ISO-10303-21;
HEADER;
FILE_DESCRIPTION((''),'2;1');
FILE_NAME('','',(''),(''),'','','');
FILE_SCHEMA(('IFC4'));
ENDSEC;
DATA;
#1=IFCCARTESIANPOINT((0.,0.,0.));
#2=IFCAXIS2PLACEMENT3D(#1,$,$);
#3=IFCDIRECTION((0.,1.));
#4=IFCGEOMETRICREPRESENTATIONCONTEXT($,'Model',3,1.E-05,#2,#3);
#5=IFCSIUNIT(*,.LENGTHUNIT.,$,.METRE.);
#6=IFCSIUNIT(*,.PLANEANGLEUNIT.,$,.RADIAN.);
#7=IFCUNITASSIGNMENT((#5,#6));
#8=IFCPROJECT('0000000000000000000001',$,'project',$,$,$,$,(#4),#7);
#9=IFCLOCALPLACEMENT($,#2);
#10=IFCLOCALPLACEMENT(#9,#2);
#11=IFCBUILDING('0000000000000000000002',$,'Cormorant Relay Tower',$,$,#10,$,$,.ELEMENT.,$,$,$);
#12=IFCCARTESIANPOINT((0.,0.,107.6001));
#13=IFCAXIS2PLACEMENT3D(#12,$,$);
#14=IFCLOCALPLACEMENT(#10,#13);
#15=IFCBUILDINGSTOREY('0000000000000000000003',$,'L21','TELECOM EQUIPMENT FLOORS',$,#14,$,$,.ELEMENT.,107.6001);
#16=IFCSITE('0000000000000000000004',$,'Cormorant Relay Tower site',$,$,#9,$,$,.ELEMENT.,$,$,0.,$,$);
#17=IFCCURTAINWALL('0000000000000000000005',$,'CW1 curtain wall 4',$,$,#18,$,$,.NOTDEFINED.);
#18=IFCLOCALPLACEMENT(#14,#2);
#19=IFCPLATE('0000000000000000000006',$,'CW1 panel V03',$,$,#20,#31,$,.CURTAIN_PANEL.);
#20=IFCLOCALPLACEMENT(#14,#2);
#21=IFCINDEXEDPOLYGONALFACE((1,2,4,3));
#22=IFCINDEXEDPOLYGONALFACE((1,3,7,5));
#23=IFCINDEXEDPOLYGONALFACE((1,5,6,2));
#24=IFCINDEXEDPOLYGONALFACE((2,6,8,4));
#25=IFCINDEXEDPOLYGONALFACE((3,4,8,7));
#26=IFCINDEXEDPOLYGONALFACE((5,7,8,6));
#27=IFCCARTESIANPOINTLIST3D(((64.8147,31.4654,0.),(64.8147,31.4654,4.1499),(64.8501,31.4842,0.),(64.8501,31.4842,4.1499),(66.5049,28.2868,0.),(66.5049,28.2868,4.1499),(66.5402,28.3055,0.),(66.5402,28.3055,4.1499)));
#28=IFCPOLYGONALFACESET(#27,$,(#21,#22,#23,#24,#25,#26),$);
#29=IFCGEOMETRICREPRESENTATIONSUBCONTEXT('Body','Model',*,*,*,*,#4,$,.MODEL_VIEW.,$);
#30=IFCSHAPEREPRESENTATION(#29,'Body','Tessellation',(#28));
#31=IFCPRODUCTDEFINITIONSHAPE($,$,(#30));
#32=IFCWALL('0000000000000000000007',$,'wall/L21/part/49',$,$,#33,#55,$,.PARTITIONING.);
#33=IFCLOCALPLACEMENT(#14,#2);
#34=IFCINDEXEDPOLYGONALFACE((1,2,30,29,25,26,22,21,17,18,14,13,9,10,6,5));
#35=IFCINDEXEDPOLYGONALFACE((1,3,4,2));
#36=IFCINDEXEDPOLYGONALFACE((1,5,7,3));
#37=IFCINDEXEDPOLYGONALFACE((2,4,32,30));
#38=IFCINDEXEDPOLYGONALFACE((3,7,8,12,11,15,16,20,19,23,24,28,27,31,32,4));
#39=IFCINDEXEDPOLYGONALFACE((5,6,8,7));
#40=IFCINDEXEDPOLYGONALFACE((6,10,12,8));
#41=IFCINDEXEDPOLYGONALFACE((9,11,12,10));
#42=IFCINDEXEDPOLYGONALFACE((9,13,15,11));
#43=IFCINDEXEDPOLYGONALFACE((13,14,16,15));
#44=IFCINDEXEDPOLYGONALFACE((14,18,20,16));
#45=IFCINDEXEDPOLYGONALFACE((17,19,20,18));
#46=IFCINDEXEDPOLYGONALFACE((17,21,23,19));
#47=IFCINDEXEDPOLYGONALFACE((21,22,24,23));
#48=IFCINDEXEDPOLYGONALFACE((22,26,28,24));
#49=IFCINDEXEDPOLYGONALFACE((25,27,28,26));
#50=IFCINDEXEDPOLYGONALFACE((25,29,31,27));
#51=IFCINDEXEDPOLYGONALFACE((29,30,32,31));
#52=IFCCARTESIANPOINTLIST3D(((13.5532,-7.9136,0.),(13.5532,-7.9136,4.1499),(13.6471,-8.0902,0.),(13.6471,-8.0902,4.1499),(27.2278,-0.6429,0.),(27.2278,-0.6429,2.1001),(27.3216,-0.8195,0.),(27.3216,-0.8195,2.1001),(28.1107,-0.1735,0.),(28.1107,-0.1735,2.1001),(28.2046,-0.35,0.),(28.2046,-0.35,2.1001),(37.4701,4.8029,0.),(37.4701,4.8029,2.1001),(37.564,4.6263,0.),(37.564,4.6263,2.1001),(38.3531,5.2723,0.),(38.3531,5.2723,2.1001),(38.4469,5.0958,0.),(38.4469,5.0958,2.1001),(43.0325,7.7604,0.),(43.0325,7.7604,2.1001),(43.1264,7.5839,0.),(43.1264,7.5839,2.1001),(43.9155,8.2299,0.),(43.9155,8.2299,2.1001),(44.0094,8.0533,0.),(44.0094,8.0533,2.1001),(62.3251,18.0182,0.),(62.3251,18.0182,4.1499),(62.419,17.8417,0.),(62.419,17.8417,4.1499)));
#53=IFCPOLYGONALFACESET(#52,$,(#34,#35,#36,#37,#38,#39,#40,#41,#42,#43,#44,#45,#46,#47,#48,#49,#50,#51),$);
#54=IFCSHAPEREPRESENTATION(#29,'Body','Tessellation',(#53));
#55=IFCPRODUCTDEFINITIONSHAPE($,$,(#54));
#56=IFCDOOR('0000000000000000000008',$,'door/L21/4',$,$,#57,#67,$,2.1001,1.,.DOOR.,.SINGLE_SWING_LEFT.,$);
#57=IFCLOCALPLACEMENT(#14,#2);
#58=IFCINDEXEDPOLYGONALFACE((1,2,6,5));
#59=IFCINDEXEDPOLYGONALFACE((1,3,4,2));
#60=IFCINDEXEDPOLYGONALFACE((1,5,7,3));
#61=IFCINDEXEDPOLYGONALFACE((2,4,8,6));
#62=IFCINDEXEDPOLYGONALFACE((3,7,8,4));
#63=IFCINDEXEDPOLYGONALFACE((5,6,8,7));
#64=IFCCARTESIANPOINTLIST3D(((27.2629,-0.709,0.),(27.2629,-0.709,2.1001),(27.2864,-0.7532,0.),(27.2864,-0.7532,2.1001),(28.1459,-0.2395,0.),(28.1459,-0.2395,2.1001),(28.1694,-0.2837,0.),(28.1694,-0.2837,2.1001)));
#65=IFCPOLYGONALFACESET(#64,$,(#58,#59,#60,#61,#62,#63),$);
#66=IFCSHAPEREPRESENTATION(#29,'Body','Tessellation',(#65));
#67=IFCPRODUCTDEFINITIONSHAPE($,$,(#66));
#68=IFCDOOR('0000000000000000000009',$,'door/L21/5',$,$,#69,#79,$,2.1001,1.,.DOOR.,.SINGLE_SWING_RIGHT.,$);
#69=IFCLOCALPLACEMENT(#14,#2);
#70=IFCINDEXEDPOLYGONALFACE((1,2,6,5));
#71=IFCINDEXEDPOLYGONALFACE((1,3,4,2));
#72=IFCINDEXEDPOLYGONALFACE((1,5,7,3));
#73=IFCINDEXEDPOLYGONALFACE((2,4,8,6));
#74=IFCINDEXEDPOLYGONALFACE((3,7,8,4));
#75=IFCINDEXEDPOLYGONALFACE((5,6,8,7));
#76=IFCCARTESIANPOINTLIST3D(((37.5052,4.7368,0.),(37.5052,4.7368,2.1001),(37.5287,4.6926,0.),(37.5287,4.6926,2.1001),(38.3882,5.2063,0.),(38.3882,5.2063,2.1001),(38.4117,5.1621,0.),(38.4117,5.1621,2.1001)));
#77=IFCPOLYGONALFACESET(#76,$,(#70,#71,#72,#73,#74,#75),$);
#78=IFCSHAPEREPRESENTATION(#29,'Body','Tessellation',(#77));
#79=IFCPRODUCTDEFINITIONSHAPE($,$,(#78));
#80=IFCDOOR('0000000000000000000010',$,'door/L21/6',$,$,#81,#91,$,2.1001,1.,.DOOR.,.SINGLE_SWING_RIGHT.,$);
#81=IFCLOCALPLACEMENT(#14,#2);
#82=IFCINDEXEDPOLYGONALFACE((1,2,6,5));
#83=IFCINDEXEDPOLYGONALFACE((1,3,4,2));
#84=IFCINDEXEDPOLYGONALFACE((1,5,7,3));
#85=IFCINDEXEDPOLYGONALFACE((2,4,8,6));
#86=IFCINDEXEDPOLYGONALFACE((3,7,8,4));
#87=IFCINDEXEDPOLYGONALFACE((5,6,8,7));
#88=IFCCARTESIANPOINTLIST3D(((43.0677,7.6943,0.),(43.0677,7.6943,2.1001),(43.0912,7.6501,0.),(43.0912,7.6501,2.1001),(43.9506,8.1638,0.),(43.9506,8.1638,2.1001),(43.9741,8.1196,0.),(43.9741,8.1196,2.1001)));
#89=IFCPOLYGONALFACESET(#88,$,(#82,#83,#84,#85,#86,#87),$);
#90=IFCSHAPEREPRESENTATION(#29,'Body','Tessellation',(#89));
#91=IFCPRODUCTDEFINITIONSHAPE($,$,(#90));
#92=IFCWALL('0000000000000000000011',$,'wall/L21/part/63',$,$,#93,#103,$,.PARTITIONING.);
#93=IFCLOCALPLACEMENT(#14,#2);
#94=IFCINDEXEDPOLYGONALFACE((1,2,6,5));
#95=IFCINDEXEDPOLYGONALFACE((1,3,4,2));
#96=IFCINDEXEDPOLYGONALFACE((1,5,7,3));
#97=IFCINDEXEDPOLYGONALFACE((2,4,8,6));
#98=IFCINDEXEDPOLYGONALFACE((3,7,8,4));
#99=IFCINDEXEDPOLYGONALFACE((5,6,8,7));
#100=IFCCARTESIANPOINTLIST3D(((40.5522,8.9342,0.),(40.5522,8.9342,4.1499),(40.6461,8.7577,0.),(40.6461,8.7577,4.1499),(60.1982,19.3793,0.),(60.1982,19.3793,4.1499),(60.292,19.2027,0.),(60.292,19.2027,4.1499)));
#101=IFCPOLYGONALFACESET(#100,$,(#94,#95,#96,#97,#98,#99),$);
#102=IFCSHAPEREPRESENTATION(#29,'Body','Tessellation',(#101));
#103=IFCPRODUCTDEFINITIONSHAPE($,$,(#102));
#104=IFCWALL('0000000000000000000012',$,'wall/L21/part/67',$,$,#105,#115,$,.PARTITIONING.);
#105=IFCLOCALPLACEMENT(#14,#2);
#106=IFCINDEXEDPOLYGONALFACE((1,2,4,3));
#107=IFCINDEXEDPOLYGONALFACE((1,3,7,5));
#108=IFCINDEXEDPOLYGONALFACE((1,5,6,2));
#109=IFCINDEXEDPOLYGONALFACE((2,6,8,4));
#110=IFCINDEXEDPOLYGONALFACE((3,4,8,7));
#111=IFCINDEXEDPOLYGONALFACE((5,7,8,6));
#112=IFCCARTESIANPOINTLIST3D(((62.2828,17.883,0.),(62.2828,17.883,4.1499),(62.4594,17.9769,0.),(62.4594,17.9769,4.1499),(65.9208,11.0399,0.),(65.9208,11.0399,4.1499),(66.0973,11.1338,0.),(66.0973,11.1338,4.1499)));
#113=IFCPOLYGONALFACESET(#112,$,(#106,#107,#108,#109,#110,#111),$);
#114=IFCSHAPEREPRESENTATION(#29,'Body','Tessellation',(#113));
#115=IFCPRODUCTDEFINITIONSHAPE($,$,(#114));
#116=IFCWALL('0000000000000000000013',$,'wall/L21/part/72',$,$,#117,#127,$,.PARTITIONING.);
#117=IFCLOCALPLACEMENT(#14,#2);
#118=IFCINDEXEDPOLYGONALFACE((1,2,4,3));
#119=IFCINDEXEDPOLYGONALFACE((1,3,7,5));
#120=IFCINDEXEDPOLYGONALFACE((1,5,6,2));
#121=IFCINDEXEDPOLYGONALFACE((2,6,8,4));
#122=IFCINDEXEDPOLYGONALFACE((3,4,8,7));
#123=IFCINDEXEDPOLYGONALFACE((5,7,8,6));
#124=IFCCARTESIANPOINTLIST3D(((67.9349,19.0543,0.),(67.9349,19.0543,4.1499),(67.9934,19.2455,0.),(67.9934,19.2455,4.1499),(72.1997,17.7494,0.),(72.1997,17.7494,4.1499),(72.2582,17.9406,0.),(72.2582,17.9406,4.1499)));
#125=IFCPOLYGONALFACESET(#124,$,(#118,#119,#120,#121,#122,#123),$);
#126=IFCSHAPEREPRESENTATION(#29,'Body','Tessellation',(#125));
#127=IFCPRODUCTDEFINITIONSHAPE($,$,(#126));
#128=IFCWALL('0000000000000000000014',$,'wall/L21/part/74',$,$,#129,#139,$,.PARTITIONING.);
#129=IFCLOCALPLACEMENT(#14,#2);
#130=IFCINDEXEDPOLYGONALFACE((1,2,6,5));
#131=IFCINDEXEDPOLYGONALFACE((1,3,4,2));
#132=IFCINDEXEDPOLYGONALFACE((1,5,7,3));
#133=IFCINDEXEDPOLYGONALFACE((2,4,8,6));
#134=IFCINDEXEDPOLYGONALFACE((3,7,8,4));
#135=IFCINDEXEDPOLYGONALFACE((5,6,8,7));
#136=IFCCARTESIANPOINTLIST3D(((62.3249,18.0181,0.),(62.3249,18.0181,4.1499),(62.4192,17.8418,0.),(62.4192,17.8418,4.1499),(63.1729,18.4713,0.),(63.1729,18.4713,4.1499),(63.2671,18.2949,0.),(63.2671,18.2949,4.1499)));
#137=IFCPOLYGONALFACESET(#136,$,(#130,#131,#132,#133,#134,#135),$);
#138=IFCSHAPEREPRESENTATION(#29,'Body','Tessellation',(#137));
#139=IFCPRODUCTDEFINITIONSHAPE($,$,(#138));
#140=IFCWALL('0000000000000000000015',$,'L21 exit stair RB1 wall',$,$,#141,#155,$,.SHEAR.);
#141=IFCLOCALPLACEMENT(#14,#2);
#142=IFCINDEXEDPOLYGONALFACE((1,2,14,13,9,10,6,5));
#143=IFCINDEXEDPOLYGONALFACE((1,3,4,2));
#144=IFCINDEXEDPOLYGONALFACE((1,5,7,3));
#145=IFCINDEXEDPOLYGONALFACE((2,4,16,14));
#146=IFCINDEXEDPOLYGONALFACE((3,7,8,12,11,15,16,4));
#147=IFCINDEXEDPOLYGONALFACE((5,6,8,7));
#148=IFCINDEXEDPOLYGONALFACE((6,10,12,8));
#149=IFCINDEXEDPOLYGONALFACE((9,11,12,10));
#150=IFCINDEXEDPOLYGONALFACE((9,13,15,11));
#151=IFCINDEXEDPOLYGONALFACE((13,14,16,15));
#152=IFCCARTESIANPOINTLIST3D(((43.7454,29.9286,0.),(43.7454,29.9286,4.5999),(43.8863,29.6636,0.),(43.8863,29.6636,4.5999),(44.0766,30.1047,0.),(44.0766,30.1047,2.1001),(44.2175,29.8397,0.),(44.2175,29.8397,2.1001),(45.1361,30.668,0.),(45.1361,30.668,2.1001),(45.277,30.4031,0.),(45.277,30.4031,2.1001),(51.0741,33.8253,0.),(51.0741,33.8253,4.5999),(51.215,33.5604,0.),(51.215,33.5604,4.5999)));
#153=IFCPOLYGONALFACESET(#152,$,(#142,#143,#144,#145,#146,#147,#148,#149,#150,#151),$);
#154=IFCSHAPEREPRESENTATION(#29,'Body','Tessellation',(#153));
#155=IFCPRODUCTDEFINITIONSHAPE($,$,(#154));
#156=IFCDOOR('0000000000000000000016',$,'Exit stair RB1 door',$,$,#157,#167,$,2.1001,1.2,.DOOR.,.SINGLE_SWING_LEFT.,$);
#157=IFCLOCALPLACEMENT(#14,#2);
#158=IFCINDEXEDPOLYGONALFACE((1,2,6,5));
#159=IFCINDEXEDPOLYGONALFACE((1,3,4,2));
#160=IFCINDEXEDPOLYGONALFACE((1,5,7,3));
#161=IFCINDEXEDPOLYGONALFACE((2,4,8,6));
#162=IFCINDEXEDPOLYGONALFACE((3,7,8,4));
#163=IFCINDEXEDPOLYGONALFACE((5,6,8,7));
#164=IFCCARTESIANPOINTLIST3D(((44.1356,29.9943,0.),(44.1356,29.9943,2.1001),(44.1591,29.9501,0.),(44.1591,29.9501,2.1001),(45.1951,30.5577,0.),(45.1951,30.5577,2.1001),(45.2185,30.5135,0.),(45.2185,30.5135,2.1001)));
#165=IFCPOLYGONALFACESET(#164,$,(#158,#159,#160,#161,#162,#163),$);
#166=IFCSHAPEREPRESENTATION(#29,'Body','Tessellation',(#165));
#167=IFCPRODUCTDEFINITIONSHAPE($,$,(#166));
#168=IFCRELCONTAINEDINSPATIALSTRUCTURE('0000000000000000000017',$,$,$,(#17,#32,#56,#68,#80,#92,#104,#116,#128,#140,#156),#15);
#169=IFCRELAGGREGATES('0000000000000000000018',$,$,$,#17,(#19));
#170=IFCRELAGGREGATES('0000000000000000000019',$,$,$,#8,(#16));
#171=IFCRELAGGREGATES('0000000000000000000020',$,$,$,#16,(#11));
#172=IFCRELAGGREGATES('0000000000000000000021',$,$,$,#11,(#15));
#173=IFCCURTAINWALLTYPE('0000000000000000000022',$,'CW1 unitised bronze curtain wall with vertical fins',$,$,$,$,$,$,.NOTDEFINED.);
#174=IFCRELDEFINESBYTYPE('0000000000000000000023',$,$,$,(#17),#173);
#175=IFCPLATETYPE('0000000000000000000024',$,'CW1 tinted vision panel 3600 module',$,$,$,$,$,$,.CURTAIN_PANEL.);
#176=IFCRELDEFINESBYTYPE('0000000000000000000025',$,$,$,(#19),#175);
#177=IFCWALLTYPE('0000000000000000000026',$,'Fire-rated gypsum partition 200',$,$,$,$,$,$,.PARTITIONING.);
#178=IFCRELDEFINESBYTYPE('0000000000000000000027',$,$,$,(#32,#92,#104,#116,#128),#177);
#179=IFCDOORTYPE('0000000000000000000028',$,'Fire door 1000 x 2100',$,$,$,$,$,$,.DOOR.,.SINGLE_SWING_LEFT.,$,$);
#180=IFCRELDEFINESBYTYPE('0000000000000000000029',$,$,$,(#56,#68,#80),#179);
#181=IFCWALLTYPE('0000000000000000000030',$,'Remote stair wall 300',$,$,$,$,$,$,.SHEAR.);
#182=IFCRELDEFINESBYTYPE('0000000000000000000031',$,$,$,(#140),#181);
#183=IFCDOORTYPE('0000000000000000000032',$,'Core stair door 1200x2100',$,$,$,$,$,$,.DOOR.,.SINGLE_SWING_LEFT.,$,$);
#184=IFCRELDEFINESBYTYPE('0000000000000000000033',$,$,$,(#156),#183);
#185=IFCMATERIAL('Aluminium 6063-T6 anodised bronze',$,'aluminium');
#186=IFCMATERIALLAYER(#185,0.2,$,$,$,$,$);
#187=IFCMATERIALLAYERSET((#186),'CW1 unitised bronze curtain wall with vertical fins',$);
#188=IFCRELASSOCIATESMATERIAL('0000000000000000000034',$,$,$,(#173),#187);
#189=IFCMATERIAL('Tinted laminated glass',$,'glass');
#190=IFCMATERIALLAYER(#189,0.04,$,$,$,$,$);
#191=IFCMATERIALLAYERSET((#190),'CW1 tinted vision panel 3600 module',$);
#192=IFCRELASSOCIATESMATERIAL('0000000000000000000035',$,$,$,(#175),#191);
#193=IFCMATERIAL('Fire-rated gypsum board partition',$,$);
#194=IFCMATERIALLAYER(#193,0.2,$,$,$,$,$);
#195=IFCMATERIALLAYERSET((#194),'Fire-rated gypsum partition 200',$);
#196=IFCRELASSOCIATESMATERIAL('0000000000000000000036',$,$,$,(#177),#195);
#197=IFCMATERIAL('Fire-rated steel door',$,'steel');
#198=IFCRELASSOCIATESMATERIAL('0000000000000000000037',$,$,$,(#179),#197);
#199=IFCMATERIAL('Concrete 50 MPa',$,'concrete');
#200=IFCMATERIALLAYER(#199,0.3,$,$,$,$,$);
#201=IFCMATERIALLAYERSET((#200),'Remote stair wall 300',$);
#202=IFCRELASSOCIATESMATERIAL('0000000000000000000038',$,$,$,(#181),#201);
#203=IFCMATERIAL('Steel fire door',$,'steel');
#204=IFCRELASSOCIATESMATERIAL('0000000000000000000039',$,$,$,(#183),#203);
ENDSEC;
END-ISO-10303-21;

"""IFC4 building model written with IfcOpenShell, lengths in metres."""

from ifc_helpers import new_model, si_unit, direction, frame, frame_2d, origin, origin_2d, place, context, subcontext, project, spatial, rectangle, extrude, material, layer, layer_set, type_object, element, fill, aggregate, save


model = new_model("IFC4")

# Units and contexts
model_context = context("Model", 3, precision=1e-05, world=origin(), true_north=direction((0.0, 1.0)))
body_context = subcontext(model_context, "Body", "Model", "MODEL_VIEW")
ifc_project = project(units=[si_unit("LENGTHUNIT", "METRE"), si_unit("PLANEANGLEUNIT", "RADIAN")], contexts=[model_context])

# Site, building, storey
site_placement = place(None, origin())
site = spatial("IfcSite", under=ifc_project, at=site_placement, Name="Cormorant Relay Tower site", CompositionType="ELEMENT", RefElevation=0.0)
building_placement = place(site_placement, origin())
building = spatial("IfcBuilding", under=site, at=building_placement, Name="Cormorant Relay Tower", CompositionType="ELEMENT")
storey_placement = place(building_placement, frame((0.0, 0.0, 107.6001)))
storey = spatial("IfcBuildingStorey", under=building, at=storey_placement, Name="L21", Description="TELECOM EQUIPMENT FLOORS", CompositionType="ELEMENT", Elevation=107.6001)

# Curtain wall
ifc_material_1 = material(Name="Aluminium 6063-T6 anodised bronze", Category="aluminium")
ifc_layer_1 = layer(ifc_material_1, 0.2)
ifc_layer_set_1 = layer_set([ifc_layer_1], Name="CW1 unitised bronze curtain wall with vertical fins")
curtain_wall_type = type_object("IfcCurtainWallType", Name="CW1 unitised bronze curtain wall with vertical fins", PredefinedType="NOTDEFINED", material=ifc_layer_set_1)
curtain_wall_placement = place(storey_placement, origin())
curtain_wall = element("IfcCurtainWall", 1, at=curtain_wall_placement, inside=storey, type_object=curtain_wall_type, Name="CW1 curtain wall 4", PredefinedType="NOTDEFINED")

# Plate
ifc_material_2 = material(Name="Tinted laminated glass", Category="glass")
ifc_layer_2 = layer(ifc_material_2, 0.04)
ifc_layer_set_2 = layer_set([ifc_layer_2], Name="CW1 tinted vision panel 3600 module")
plate_type_1 = type_object("IfcPlateType", Name="CW1 tinted vision panel 3600 module", PredefinedType="CURTAIN_PANEL", material=ifc_layer_set_2)
plate_1_placement = place(storey_placement, frame((65.6775, 29.8855, 0.0), z_axis=(0.0, 0.0, 1.0), x_axis=(-0.469472, 0.882948, 0.0)))
plate_1 = element("IfcPlate", 2, at=plate_1_placement, type_object=plate_type_1, Name="CW1 panel V03", PredefinedType="CURTAIN_PANEL", context=body_context, shape_type="SweptSolid", body=[
    extrude(rectangle(XDim=3.6001, YDim=0.04, at=origin_2d()), origin(), (0.0, 0.0, 1.0), 4.1499),
])

# Wall, openings, doors
ifc_material_3 = material(Name="Fire-rated gypsum board partition")
ifc_layer_3 = layer(ifc_material_3, 0.2)
ifc_layer_set_3 = layer_set([ifc_layer_3], Name="Fire-rated gypsum partition 200")
wall_type_1 = type_object("IfcWallType", Name="Fire-rated gypsum partition 200", PredefinedType="PARTITIONING", material=ifc_layer_set_3)
wall_1_placement = place(storey_placement, frame((62.3721, 17.9299, 0.0), z_axis=(0.0, 0.0, 1.0), x_axis=(-0.882952, -0.469463, 0.0)))
wall_1 = element("IfcWall", 3, at=wall_1_placement, inside=storey, type_object=wall_type_1, Name="wall/L21/part/49", PredefinedType="PARTITIONING", context=body_context, shape_type="SweptSolid", body=[
    extrude(rectangle(XDim=55.2373, YDim=0.2, at=frame_2d((27.6187, 0.0))), origin(), (0.0, 0.0, 1.0), 4.1499),
])
opening_1_placement = place(wall_1_placement, frame((38.75, 0.0, 0.0)))
opening_1 = element("IfcOpeningElement", 4, at=opening_1_placement, cuts=wall_1, PredefinedType="OPENING", context=body_context, shape_type="SweptSolid", body=[
    extrude(rectangle(XDim=1.0, YDim=2.1001, at=frame_2d((0.5, 1.05))), frame((0.0, 0.1099, 0.0), z_axis=(0.0, -1.0, 0.0), x_axis=(1.0, 0.0, 0.0)), (0.0, 0.0, 1.0), 0.22),
])
opening_2_placement = place(wall_1_placement, frame((27.1499, 0.0, 0.0)))
opening_2 = element("IfcOpeningElement", 5, at=opening_2_placement, cuts=wall_1, PredefinedType="OPENING", context=body_context, shape_type="SweptSolid", body=[
    extrude(rectangle(XDim=1.0, YDim=2.1001, at=frame_2d((0.5, 1.05))), frame((0.0, 0.1099, 0.0), z_axis=(0.0, -1.0, 0.0), x_axis=(1.0, 0.0, 0.0)), (0.0, 0.0, 1.0), 0.22),
])
opening_3_placement = place(wall_1_placement, frame((20.8501, 0.0, 0.0)))
opening_3 = element("IfcOpeningElement", 6, at=opening_3_placement, cuts=wall_1, PredefinedType="OPENING", context=body_context, shape_type="SweptSolid", body=[
    extrude(rectangle(XDim=1.0, YDim=2.1001, at=frame_2d((0.5, 1.05))), frame((0.0, 0.1099, 0.0), z_axis=(0.0, -1.0, 0.0), x_axis=(1.0, 0.0, 0.0)), (0.0, 0.0, 1.0), 0.22),
])
ifc_material_4 = material(Name="Fire-rated steel door", Category="steel")
door_type_1 = type_object("IfcDoorType", Name="Fire door 1000 x 2100", OperationType="SINGLE_SWING_LEFT", PredefinedType="DOOR", material=ifc_material_4)
door_1_placement = place(opening_1_placement, origin())
door_1 = element("IfcDoor", 7, at=door_1_placement, inside=storey, type_object=door_type_1, Name="door/L21/4", OperationType="SINGLE_SWING_LEFT", OverallHeight=2.1001, OverallWidth=1.0, PredefinedType="DOOR", context=body_context, shape_type="SweptSolid", body=[
    extrude(rectangle(XDim=1.0, YDim=2.1001, at=frame_2d((0.5, 1.05))), frame((0.0, 0.0249, 0.0), z_axis=(0.0, -1.0, 0.0), x_axis=(1.0, 0.0, 0.0)), (0.0, 0.0, 1.0), 0.05),
])
fill(opening_1, door_1)
door_2_placement = place(opening_2_placement, origin())
door_2 = element("IfcDoor", 8, at=door_2_placement, inside=storey, type_object=door_type_1, Name="door/L21/5", OperationType="SINGLE_SWING_RIGHT", OverallHeight=2.1001, OverallWidth=1.0, PredefinedType="DOOR", context=body_context, shape_type="SweptSolid", body=[
    extrude(rectangle(XDim=1.0, YDim=2.1001, at=frame_2d((0.5, 1.05))), frame((0.0, 0.0249, 0.0), z_axis=(0.0, -1.0, 0.0), x_axis=(1.0, 0.0, 0.0)), (0.0, 0.0, 1.0), 0.05),
])
fill(opening_2, door_2)
door_3_placement = place(opening_3_placement, origin())
door_3 = element("IfcDoor", 9, at=door_3_placement, inside=storey, type_object=door_type_1, Name="door/L21/6", OperationType="SINGLE_SWING_RIGHT", OverallHeight=2.1001, OverallWidth=1.0, PredefinedType="DOOR", context=body_context, shape_type="SweptSolid", body=[
    extrude(rectangle(XDim=1.0, YDim=2.1001, at=frame_2d((0.5, 1.05))), frame((0.0, 0.0249, 0.0), z_axis=(0.0, -1.0, 0.0), x_axis=(1.0, 0.0, 0.0)), (0.0, 0.0, 1.0), 0.05),
])
fill(opening_3, door_3)

# Walls
wall_2_placement = place(storey_placement, frame((60.2451, 19.291, 0.0), z_axis=(0.0, 0.0, 1.0), x_axis=(-0.882964, -0.46944, 0.0)))
element("IfcWall", 10, at=wall_2_placement, inside=storey, type_object=wall_type_1, Name="wall/L21/part/63", PredefinedType="PARTITIONING", context=body_context, shape_type="SweptSolid", body=[
    extrude(rectangle(XDim=22.25, YDim=0.2, at=frame_2d((11.125, 0.0))), origin(), (0.0, 0.0, 1.0), 4.1499),
])
wall_3_placement = place(storey_placement, frame((62.3711, 17.9299, 0.0), z_axis=(0.0, 0.0, 1.0), x_axis=(0.469415, -0.882977, 0.0)))
element("IfcWall", 11, at=wall_3_placement, inside=storey, type_object=wall_type_1, Name="wall/L21/part/67", PredefinedType="PARTITIONING", context=body_context, shape_type="SweptSolid", body=[
    extrude(rectangle(XDim=7.75, YDim=0.2, at=frame_2d((3.875, 0.0))), origin(), (0.0, 0.0, 1.0), 4.1499),
])
wall_4_placement = place(storey_placement, frame((67.9641, 19.1499, 0.0), z_axis=(0.0, 0.0, 1.0), x_axis=(0.956241, -0.292581, 0.0)))
element("IfcWall", 12, at=wall_4_placement, inside=storey, type_object=wall_type_1, Name="wall/L21/part/72", PredefinedType="PARTITIONING", context=body_context, shape_type="SweptSolid", body=[
    extrude(rectangle(XDim=4.46, YDim=0.2, at=frame_2d((2.23, 0.0))), origin(), (0.0, 0.0, 1.0), 4.1499),
])
wall_5_placement = place(storey_placement, frame((62.3721, 17.9299, 0.0), z_axis=(0.0, 0.0, 1.0), x_axis=(0.881959, 0.471326, 0.0)))
element("IfcWall", 13, at=wall_5_placement, inside=storey, type_object=wall_type_1, Name="wall/L21/part/74", PredefinedType="PARTITIONING", context=body_context, shape_type="SweptSolid", body=[
    extrude(rectangle(XDim=0.9614, YDim=0.2, at=frame_2d((0.4807, 0.0))), origin(), (0.0, 0.0, 1.0), 4.1499),
])

# Wall, opening, door
ifc_material_5 = material(Name="Concrete 50 MPa", Category="concrete")
ifc_layer_4 = layer(ifc_material_5, 0.3)
ifc_layer_set_4 = layer_set([ifc_layer_4], Name="Remote stair wall 300")
wall_type_2 = type_object("IfcWallType", Name="Remote stair wall 300", PredefinedType="SHEAR", material=ifc_layer_set_4)
wall_6_placement = place(storey_placement, frame((51.1445, 33.6929, 0.0), z_axis=(0.0, 0.0, 1.0), x_axis=(-0.882946, -0.469475, 0.0)))
wall_6 = element("IfcWall", 14, at=wall_6_placement, inside=storey, type_object=wall_type_2, Name="L21 exit stair RB1 wall", PredefinedType="SHEAR", context=body_context, shape_type="SweptSolid", body=[
    extrude(rectangle(XDim=8.3003, YDim=0.3, at=frame_2d((4.1501, 0.0))), origin(), (0.0, 0.0, 1.0), 4.5999),
])
opening_4_placement = place(wall_6_placement, frame((6.7251, 0.0, 0.0)))
opening_4 = element("IfcOpeningElement", 15, at=opening_4_placement, cuts=wall_6, PredefinedType="OPENING", context=body_context, shape_type="SweptSolid", body=[
    extrude(rectangle(XDim=1.2, YDim=2.1001, at=frame_2d((0.6001, 1.05))), frame((0.0, 0.1599, 0.0), z_axis=(0.0, -1.0, 0.0), x_axis=(1.0, 0.0, 0.0)), (0.0, 0.0, 1.0), 0.3201),
])
ifc_material_6 = material(Name="Steel fire door", Category="steel")
door_type_2 = type_object("IfcDoorType", Name="Core stair door 1200x2100", OperationType="SINGLE_SWING_LEFT", PredefinedType="DOOR", material=ifc_material_6)
door_4_placement = place(opening_4_placement, frame((1.2, 0.0, 0.0), z_axis=(0.0, 0.0, 1.0), x_axis=(-1.0, 0.0, 0.0)))
door_4 = element("IfcDoor", 16, at=door_4_placement, inside=storey, type_object=door_type_2, Name="Exit stair RB1 door", OperationType="SINGLE_SWING_LEFT", OverallHeight=2.1001, OverallWidth=1.2, PredefinedType="DOOR", context=body_context, shape_type="SweptSolid", body=[
    extrude(rectangle(XDim=1.2, YDim=2.1001, at=frame_2d((0.6001, 1.05))), frame((0.0, 0.0249, 0.0), z_axis=(0.0, -1.0, 0.0), x_axis=(1.0, 0.0, 0.0)), (0.0, 0.0, 1.0), 0.05),
])
fill(opening_4, door_4)

aggregate(curtain_wall, [plate_1])

save(model, "model.ifc")
